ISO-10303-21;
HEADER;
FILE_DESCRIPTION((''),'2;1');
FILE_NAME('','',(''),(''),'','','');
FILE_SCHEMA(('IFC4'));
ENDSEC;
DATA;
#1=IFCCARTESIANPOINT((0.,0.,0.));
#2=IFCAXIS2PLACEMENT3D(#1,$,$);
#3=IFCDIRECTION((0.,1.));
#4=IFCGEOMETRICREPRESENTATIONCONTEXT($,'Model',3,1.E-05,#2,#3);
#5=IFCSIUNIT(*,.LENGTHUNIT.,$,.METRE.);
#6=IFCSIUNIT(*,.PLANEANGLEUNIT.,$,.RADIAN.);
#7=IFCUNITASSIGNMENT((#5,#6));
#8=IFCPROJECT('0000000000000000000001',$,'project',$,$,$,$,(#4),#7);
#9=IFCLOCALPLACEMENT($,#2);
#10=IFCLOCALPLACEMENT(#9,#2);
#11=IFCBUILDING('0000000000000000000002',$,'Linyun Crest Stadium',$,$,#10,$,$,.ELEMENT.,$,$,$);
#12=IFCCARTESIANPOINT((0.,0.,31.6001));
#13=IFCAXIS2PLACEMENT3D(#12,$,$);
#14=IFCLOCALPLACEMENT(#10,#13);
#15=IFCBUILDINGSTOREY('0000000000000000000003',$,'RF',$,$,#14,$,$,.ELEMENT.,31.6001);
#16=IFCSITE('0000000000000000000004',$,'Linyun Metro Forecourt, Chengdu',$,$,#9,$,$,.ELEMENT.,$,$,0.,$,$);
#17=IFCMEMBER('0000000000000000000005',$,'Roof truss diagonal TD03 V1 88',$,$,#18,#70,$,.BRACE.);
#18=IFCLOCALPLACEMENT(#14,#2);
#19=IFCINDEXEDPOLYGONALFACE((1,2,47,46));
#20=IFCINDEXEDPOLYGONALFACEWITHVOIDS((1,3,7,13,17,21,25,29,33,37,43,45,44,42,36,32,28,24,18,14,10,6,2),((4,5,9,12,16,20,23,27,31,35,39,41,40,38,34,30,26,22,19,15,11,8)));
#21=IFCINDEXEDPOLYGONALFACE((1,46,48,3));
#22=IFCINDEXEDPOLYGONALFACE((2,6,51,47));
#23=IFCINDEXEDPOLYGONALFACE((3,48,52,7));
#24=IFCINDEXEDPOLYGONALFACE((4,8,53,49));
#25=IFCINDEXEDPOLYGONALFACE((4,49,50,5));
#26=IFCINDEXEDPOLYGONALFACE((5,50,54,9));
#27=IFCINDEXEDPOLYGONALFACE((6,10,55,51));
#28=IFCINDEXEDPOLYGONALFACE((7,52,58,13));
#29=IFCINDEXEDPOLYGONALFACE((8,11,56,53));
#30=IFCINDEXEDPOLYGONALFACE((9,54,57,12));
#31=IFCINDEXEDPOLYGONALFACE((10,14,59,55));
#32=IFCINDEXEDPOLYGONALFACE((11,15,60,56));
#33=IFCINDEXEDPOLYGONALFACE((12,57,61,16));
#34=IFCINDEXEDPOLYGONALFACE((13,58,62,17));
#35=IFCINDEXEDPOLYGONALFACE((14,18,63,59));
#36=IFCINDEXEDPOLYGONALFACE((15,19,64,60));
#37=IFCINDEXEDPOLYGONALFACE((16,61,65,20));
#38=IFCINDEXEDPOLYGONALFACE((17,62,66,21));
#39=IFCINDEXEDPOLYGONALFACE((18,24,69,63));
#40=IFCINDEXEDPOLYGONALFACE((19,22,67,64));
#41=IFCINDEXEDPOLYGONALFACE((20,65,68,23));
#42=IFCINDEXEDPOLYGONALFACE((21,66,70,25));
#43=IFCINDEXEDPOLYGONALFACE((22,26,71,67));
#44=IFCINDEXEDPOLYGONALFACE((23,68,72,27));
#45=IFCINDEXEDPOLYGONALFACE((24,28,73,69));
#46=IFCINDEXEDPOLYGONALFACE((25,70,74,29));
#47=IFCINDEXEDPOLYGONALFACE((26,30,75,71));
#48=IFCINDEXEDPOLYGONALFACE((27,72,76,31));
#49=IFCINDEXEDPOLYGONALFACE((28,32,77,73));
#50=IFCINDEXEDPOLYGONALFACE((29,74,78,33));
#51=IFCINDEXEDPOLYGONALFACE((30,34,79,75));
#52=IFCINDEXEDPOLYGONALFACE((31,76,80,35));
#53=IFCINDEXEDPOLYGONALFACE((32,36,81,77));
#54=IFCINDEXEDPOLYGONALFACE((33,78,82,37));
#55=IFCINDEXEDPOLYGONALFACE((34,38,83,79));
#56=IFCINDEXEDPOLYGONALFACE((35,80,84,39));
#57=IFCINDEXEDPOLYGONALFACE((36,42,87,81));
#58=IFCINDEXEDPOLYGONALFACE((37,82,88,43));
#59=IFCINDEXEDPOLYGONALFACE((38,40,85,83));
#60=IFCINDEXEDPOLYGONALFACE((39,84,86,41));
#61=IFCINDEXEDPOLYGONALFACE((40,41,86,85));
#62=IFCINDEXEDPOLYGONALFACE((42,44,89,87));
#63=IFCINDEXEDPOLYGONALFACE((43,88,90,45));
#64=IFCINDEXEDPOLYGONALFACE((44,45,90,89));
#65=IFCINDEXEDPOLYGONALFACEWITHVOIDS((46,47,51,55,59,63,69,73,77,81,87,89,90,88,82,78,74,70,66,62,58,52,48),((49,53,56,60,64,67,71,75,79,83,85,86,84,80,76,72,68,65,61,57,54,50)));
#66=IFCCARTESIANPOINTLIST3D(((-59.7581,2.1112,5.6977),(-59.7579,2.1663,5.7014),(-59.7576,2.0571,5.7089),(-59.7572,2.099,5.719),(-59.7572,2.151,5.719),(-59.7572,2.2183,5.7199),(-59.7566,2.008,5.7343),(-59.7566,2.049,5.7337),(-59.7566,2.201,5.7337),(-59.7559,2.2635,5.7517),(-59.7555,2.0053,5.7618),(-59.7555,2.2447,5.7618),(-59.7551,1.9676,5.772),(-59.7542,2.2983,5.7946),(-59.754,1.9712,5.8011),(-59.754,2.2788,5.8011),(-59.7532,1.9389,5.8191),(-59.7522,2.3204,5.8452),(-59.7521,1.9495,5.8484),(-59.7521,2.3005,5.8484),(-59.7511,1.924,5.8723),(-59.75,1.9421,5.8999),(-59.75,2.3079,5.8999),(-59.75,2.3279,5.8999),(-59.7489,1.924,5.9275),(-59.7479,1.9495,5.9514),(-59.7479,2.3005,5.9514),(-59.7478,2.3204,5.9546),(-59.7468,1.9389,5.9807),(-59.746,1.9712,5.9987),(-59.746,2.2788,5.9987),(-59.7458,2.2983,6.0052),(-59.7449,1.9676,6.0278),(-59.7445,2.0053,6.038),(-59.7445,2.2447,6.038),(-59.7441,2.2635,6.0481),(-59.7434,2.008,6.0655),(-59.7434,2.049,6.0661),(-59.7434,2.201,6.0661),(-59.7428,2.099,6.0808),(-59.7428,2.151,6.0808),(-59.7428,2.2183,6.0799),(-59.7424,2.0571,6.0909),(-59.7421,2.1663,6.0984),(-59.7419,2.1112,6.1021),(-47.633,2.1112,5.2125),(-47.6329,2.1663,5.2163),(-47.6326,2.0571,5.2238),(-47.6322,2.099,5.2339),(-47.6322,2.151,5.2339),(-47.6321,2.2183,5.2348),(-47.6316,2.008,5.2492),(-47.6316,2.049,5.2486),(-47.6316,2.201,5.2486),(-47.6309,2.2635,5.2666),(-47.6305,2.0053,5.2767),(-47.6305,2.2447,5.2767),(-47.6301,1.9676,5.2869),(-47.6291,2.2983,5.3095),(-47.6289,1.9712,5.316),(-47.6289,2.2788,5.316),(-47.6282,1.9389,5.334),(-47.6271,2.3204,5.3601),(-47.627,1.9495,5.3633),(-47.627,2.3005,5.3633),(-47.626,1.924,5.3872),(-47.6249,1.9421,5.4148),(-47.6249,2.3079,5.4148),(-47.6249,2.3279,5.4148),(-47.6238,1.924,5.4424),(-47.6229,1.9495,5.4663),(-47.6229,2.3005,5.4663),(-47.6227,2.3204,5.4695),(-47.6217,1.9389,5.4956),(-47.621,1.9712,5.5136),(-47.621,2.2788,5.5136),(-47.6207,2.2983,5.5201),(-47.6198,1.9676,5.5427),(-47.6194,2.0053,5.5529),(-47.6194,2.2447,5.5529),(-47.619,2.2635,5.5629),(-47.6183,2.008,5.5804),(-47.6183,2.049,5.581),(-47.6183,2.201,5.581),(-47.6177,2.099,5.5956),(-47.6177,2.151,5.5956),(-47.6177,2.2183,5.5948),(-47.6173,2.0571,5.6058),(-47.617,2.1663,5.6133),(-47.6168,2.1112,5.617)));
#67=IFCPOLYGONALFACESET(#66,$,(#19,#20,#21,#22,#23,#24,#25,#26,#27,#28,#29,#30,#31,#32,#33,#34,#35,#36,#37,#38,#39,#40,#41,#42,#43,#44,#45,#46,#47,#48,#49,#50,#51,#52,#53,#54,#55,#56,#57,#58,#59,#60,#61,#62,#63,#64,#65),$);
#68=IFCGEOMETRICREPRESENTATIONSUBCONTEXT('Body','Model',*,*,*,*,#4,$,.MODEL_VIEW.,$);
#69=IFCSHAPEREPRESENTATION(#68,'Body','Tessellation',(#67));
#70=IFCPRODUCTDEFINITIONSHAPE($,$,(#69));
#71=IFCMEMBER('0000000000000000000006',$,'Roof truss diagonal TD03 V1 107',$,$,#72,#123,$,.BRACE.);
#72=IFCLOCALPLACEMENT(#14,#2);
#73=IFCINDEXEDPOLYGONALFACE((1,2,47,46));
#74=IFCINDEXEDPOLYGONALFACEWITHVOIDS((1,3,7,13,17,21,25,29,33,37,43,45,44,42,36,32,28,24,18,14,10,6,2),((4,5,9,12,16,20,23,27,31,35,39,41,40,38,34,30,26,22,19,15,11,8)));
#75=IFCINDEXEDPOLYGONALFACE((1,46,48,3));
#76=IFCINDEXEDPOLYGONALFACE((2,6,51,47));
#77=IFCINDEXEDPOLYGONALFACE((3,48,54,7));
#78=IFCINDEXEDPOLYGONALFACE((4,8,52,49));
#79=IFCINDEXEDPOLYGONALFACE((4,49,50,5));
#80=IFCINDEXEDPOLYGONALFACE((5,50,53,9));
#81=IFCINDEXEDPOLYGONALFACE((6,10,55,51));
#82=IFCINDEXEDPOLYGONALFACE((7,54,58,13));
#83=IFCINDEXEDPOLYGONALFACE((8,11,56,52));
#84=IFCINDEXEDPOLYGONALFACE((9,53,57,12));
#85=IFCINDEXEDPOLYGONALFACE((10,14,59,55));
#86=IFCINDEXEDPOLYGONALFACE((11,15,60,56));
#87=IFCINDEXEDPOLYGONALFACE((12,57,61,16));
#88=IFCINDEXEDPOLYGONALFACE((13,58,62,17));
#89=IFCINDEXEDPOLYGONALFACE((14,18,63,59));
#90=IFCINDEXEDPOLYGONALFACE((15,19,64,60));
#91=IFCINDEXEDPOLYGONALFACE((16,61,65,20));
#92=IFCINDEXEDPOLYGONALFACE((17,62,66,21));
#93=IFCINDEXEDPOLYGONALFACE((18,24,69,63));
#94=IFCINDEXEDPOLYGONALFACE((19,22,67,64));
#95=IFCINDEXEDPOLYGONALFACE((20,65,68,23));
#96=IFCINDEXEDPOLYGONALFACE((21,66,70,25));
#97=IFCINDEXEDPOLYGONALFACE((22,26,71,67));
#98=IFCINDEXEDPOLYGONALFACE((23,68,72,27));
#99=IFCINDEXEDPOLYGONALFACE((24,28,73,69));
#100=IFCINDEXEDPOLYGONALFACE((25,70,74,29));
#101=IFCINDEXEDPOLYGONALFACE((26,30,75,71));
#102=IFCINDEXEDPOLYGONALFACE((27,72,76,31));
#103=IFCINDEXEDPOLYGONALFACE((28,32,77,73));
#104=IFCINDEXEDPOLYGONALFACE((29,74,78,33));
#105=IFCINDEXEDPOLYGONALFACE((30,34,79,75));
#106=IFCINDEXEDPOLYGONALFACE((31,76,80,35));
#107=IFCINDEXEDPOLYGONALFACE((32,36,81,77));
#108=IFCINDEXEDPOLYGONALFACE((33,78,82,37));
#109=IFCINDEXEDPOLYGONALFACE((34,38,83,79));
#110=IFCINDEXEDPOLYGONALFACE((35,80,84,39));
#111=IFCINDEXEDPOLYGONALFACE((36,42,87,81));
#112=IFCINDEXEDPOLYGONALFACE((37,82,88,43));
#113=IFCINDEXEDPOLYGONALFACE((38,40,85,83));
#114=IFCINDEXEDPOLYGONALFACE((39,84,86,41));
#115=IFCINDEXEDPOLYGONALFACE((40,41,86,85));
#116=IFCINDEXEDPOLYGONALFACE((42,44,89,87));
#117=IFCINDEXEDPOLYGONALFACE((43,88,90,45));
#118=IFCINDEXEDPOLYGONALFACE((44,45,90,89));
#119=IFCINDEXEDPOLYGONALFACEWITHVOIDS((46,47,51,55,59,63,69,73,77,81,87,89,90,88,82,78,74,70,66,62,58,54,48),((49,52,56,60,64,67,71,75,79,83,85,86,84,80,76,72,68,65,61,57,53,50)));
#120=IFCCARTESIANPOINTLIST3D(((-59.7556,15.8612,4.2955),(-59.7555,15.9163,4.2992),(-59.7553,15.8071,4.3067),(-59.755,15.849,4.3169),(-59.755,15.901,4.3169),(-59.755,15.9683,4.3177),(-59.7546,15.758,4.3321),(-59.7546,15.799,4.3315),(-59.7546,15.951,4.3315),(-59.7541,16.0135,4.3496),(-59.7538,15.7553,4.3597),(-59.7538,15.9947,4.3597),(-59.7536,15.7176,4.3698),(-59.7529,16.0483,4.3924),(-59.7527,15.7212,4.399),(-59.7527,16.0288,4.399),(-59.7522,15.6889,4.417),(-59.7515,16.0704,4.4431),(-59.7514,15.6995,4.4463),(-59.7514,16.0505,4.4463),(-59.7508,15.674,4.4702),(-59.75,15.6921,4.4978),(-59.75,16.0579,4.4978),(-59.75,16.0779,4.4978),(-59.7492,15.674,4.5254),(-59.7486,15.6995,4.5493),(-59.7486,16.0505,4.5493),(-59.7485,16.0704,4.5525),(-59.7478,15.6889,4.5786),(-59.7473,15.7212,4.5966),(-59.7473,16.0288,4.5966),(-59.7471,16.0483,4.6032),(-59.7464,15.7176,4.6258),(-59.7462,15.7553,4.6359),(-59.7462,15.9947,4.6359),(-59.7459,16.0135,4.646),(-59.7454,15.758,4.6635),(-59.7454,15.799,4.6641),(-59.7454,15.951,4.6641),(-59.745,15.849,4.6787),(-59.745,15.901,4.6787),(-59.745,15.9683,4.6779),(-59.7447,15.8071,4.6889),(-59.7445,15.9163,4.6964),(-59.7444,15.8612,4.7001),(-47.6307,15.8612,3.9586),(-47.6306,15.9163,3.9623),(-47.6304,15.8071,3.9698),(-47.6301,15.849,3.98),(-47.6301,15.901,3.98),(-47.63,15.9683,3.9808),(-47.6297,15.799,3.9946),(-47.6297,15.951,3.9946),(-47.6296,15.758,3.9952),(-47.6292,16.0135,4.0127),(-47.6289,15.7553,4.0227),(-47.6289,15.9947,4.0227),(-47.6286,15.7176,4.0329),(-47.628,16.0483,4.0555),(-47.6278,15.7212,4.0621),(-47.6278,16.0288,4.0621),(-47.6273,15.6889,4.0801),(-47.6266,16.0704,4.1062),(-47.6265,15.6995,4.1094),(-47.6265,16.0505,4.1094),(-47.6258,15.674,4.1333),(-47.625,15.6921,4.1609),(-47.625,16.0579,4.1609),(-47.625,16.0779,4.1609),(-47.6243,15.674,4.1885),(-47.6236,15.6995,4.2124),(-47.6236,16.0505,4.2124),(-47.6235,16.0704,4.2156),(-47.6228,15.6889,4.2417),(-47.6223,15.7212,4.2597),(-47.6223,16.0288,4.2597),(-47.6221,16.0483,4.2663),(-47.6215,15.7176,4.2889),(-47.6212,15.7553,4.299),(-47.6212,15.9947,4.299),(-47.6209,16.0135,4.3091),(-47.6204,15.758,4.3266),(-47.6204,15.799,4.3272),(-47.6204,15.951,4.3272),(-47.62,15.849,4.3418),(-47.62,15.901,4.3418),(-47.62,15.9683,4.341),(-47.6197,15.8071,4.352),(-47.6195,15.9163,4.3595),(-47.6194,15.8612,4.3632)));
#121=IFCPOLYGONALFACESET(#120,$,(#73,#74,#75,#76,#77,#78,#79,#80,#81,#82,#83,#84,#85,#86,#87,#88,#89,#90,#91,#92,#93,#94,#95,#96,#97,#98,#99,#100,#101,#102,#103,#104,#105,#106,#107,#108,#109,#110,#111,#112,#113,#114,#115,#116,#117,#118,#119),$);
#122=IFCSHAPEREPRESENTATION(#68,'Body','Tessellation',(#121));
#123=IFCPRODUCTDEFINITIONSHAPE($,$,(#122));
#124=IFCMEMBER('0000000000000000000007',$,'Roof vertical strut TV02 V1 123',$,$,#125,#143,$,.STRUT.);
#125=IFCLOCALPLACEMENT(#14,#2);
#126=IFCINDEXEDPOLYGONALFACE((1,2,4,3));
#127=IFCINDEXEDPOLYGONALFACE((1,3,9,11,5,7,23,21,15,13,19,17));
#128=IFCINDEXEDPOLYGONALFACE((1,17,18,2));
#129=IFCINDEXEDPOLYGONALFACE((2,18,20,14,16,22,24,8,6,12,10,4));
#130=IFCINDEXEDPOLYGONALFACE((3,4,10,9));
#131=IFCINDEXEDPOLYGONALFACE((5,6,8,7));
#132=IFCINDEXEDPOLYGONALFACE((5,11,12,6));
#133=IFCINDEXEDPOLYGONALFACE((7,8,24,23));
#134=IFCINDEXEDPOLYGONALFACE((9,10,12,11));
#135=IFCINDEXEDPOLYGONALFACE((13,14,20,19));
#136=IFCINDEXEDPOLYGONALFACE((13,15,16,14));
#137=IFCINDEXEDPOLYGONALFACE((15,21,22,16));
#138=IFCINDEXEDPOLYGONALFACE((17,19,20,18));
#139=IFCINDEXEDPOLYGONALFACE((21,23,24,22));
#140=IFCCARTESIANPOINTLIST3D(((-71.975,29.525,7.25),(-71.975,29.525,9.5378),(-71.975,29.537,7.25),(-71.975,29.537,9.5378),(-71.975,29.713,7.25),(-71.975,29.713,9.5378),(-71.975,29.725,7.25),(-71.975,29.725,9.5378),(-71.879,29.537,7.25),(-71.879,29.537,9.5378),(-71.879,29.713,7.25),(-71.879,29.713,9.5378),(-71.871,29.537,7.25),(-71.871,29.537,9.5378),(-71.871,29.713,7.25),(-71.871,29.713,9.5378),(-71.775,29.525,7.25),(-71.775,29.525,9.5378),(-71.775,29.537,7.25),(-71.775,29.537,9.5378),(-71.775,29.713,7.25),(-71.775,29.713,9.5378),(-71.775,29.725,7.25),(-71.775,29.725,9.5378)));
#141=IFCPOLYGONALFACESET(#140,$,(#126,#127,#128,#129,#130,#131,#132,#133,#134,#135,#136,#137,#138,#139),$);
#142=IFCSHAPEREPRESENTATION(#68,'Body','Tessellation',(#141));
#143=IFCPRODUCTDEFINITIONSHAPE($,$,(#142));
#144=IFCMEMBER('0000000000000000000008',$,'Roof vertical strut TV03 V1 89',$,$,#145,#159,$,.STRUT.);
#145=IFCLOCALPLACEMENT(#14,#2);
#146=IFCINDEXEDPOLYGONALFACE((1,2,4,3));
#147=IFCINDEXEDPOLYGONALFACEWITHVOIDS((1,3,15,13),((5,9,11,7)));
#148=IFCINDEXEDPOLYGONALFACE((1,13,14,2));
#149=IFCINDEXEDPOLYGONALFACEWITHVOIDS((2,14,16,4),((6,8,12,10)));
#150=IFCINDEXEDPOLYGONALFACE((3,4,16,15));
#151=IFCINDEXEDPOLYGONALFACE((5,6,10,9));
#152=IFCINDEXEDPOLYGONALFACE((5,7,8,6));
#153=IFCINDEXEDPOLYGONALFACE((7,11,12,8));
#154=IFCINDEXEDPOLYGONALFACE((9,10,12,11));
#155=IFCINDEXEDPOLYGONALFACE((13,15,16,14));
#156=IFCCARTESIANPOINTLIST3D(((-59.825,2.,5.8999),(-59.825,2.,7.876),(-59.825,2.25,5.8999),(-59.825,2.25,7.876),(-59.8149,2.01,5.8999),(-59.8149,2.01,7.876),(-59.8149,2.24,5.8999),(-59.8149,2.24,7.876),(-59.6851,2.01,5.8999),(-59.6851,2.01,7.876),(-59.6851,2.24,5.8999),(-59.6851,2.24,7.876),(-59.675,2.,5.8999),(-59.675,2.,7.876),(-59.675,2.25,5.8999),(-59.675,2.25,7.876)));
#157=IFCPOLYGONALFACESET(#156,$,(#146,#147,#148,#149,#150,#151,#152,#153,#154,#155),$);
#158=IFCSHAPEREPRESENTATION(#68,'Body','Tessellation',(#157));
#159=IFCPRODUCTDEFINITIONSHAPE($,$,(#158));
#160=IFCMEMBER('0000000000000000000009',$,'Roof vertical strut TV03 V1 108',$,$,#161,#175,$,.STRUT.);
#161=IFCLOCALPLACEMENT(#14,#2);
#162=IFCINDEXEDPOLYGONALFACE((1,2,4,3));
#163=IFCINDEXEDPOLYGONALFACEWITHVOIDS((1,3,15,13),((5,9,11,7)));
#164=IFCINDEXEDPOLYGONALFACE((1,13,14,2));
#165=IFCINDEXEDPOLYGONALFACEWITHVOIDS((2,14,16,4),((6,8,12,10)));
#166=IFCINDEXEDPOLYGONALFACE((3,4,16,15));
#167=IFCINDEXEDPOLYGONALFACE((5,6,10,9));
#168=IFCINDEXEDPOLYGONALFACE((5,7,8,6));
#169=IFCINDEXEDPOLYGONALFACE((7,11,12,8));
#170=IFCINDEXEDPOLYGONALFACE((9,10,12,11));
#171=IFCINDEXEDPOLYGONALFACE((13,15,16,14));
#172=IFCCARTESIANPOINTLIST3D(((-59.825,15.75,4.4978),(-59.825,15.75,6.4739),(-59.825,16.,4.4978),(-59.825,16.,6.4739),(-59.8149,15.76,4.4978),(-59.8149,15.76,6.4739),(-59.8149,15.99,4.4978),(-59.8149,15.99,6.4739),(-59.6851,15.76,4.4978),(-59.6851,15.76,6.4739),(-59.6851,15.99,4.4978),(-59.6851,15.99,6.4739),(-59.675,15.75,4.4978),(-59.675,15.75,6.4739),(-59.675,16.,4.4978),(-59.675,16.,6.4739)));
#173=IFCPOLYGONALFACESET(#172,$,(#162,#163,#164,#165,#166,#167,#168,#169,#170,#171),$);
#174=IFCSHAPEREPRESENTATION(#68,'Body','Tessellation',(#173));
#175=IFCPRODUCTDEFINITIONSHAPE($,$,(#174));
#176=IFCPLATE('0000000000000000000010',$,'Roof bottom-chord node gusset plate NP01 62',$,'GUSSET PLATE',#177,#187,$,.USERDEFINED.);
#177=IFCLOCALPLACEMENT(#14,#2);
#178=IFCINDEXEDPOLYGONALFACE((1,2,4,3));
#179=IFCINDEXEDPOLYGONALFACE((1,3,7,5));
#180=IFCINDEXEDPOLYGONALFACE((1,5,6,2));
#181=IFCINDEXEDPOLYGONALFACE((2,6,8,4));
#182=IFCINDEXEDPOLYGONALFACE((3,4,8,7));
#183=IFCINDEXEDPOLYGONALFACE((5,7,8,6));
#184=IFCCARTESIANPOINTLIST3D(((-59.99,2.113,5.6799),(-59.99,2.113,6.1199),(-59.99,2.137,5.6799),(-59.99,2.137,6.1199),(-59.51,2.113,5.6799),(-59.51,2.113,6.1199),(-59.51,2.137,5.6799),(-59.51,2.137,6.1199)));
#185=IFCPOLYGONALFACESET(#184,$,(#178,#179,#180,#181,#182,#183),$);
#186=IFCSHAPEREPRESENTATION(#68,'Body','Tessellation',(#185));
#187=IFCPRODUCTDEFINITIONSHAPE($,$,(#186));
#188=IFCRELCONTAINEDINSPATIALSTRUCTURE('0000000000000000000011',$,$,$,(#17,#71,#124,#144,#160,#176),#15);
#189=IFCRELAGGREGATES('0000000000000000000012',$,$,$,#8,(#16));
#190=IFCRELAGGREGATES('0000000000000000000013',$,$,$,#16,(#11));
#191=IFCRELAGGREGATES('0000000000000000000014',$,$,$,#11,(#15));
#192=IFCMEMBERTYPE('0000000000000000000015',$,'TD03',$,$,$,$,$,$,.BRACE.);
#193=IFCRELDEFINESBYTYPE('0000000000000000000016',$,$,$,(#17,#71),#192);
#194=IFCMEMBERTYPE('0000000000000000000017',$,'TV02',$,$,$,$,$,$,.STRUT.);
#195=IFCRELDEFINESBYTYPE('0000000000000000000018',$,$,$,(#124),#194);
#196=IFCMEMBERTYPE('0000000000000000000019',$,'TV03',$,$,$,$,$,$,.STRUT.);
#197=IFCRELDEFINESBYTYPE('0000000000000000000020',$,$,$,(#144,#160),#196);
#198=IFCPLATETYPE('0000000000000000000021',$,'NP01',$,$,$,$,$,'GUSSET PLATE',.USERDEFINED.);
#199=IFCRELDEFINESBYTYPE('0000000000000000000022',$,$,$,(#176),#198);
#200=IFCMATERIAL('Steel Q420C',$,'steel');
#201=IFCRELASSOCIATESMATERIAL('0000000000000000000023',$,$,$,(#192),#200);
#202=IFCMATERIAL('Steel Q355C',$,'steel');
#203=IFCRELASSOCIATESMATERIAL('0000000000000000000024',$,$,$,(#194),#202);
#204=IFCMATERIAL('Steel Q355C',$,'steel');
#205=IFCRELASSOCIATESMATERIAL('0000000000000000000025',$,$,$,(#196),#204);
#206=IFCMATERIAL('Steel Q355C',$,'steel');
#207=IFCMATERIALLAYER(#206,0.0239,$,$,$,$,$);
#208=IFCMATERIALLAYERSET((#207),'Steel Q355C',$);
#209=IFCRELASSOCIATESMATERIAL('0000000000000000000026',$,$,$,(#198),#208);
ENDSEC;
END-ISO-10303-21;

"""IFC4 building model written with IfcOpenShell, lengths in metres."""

from ifc_helpers import new_model, si_unit, direction, frame, origin, origin_2d, place, context, subcontext, project, spatial, rectangle, hollow_rectangle, hollow_circle, i_section, extrude, material, layer, layer_set, material_profile, profile_set, type_object, element, save


model = new_model("IFC4")

# Units and contexts
model_context = context("Model", 3, precision=1e-05, world=origin(), true_north=direction((0.0, 1.0)))
body_context = subcontext(model_context, "Body", "Model", "MODEL_VIEW")
ifc_project = project(units=[si_unit("LENGTHUNIT", "METRE"), si_unit("PLANEANGLEUNIT", "RADIAN")], contexts=[model_context])

# Site, building, storey
site_placement = place(None, origin())
site = spatial("IfcSite", under=ifc_project, at=site_placement, Name="Linyun Metro Forecourt, Chengdu", CompositionType="ELEMENT", RefElevation=0.0)
building_placement = place(site_placement, origin())
building = spatial("IfcBuilding", under=site, at=building_placement, Name="Linyun Crest Stadium", CompositionType="ELEMENT")
storey_placement = place(building_placement, frame((0.0, 0.0, 31.6001)))
storey = spatial("IfcBuildingStorey", under=building, at=storey_placement, Name="RF", CompositionType="ELEMENT", Elevation=31.6001)

# Members
ifc_material_1 = material(Name="Steel Q420C", Category="steel")
ifc_material_profile_1 = material_profile(ifc_material_1, hollow_circle(Radius=0.2029, WallThickness=0.02, at=origin_2d()), Name="CHS 406x20")
ifc_profile_set_1 = profile_set([ifc_material_profile_1], Name="Steel Q420C")
member_type_1 = type_object("IfcMemberType", Name="TD03", PredefinedType="BRACE", material=ifc_profile_set_1)
member_1_placement = place(storey_placement, frame((-59.75, 2.125, 5.8999), z_axis=(0.999201, 0.0, -0.039977), x_axis=(0.0, 1.0, 0.0)))
element("IfcMember", 1, at=member_1_placement, inside=storey, type_object=member_type_1, Name="Roof truss diagonal TD03 V1 88", PredefinedType="BRACE", context=body_context, shape_type="SweptSolid", body=[
    extrude(hollow_circle(Radius=0.2029, WallThickness=0.02, at=origin_2d()), origin(), (0.0, 0.0, 1.0), 12.1348),
])
member_2_placement = place(storey_placement, frame((-59.75, 15.875, 4.4978), z_axis=(0.999614, 0.0, -0.027776), x_axis=(0.0, 1.0, 0.0)))
element("IfcMember", 2, at=member_2_placement, inside=storey, type_object=member_type_1, Name="Roof truss diagonal TD03 V1 107", PredefinedType="BRACE", context=body_context, shape_type="SweptSolid", body=[
    extrude(hollow_circle(Radius=0.2029, WallThickness=0.02, at=origin_2d()), origin(), (0.0, 0.0, 1.0), 12.1296),
])
ifc_material_2 = material(Name="Steel Q355C", Category="steel")
ifc_material_profile_2 = material_profile(ifc_material_2, i_section(OverallWidth=0.2, OverallDepth=0.2, WebThickness=0.0081, FlangeThickness=0.012, at=origin_2d()), Name="HW 200x200")
ifc_profile_set_2 = profile_set([ifc_material_profile_2], Name="Steel Q355C")
member_type_2 = type_object("IfcMemberType", Name="TV02", PredefinedType="STRUT", material=ifc_profile_set_2)
member_3_placement = place(storey_placement, frame((-71.875, 29.625, 7.25), z_axis=(0.0, 0.0, 1.0), x_axis=(1.0, 0.0, 0.0)))
element("IfcMember", 3, at=member_3_placement, inside=storey, type_object=member_type_2, Name="Roof vertical strut TV02 V1 123", PredefinedType="STRUT", context=body_context, shape_type="SweptSolid", body=[
    extrude(i_section(OverallWidth=0.2, OverallDepth=0.2, WebThickness=0.0081, FlangeThickness=0.012, at=origin_2d()), origin(), (0.0, 0.0, 1.0), 2.2878),
])
ifc_material_3 = material(Name="Steel Q355C", Category="steel")
ifc_material_profile_3 = material_profile(ifc_material_3, hollow_rectangle(XDim=0.1499, YDim=0.25, WallThickness=0.01, at=origin_2d()), Name="RHS 250x150x10")
ifc_profile_set_3 = profile_set([ifc_material_profile_3], Name="Steel Q355C")
member_type_3 = type_object("IfcMemberType", Name="TV03", PredefinedType="STRUT", material=ifc_profile_set_3)
for number, where, z_axis, x_axis, name in (
    (4, (-59.75, 2.125, 5.8999), (0.0, 0.0, 1.0), (1.0, 0.0, 0.0), "Roof vertical strut TV03 V1 89"),
    (5, (-59.75, 15.875, 4.4978), (0.0, 0.0, 1.0), (1.0, 0.0, 0.0), "Roof vertical strut TV03 V1 108"),
):
    element("IfcMember", number, at=place(storey_placement, frame(where, z_axis=z_axis, x_axis=x_axis)), inside=storey, type_object=member_type_3, Name=name, PredefinedType="STRUT", context=body_context, shape_type="SweptSolid", body=[
        extrude(hollow_rectangle(XDim=0.1499, YDim=0.25, WallThickness=0.01, at=origin_2d()), origin(), (0.0, 0.0, 1.0), 1.9761),
    ])

# Plate
ifc_material_4 = material(Name="Steel Q355C", Category="steel")
ifc_layer_1 = layer(ifc_material_4, 0.0239)
ifc_layer_set_1 = layer_set([ifc_layer_1], Name="Steel Q355C")
plate_type_1 = type_object("IfcPlateType", Name="NP01", ElementType="GUSSET PLATE", PredefinedType="USERDEFINED", material=ifc_layer_set_1)
for number, where, z_axis, x_axis, name in (
    (6, (-59.75, 2.125, 5.6799), (0.0, 0.0, 1.0), (1.0, 0.0, 0.0), "Roof bottom-chord node gusset plate NP01 62"),
):
    element("IfcPlate", number, at=place(storey_placement, frame(where, z_axis=z_axis, x_axis=x_axis)), inside=storey, type_object=plate_type_1, Name=name, ObjectType="GUSSET PLATE", PredefinedType="USERDEFINED", context=body_context, shape_type="SweptSolid", body=[
        extrude(rectangle(XDim=0.48, YDim=0.0239, at=origin_2d()), origin(), (0.0, 0.0, 1.0), 0.4399),
    ])

save(model, "model.ifc")
